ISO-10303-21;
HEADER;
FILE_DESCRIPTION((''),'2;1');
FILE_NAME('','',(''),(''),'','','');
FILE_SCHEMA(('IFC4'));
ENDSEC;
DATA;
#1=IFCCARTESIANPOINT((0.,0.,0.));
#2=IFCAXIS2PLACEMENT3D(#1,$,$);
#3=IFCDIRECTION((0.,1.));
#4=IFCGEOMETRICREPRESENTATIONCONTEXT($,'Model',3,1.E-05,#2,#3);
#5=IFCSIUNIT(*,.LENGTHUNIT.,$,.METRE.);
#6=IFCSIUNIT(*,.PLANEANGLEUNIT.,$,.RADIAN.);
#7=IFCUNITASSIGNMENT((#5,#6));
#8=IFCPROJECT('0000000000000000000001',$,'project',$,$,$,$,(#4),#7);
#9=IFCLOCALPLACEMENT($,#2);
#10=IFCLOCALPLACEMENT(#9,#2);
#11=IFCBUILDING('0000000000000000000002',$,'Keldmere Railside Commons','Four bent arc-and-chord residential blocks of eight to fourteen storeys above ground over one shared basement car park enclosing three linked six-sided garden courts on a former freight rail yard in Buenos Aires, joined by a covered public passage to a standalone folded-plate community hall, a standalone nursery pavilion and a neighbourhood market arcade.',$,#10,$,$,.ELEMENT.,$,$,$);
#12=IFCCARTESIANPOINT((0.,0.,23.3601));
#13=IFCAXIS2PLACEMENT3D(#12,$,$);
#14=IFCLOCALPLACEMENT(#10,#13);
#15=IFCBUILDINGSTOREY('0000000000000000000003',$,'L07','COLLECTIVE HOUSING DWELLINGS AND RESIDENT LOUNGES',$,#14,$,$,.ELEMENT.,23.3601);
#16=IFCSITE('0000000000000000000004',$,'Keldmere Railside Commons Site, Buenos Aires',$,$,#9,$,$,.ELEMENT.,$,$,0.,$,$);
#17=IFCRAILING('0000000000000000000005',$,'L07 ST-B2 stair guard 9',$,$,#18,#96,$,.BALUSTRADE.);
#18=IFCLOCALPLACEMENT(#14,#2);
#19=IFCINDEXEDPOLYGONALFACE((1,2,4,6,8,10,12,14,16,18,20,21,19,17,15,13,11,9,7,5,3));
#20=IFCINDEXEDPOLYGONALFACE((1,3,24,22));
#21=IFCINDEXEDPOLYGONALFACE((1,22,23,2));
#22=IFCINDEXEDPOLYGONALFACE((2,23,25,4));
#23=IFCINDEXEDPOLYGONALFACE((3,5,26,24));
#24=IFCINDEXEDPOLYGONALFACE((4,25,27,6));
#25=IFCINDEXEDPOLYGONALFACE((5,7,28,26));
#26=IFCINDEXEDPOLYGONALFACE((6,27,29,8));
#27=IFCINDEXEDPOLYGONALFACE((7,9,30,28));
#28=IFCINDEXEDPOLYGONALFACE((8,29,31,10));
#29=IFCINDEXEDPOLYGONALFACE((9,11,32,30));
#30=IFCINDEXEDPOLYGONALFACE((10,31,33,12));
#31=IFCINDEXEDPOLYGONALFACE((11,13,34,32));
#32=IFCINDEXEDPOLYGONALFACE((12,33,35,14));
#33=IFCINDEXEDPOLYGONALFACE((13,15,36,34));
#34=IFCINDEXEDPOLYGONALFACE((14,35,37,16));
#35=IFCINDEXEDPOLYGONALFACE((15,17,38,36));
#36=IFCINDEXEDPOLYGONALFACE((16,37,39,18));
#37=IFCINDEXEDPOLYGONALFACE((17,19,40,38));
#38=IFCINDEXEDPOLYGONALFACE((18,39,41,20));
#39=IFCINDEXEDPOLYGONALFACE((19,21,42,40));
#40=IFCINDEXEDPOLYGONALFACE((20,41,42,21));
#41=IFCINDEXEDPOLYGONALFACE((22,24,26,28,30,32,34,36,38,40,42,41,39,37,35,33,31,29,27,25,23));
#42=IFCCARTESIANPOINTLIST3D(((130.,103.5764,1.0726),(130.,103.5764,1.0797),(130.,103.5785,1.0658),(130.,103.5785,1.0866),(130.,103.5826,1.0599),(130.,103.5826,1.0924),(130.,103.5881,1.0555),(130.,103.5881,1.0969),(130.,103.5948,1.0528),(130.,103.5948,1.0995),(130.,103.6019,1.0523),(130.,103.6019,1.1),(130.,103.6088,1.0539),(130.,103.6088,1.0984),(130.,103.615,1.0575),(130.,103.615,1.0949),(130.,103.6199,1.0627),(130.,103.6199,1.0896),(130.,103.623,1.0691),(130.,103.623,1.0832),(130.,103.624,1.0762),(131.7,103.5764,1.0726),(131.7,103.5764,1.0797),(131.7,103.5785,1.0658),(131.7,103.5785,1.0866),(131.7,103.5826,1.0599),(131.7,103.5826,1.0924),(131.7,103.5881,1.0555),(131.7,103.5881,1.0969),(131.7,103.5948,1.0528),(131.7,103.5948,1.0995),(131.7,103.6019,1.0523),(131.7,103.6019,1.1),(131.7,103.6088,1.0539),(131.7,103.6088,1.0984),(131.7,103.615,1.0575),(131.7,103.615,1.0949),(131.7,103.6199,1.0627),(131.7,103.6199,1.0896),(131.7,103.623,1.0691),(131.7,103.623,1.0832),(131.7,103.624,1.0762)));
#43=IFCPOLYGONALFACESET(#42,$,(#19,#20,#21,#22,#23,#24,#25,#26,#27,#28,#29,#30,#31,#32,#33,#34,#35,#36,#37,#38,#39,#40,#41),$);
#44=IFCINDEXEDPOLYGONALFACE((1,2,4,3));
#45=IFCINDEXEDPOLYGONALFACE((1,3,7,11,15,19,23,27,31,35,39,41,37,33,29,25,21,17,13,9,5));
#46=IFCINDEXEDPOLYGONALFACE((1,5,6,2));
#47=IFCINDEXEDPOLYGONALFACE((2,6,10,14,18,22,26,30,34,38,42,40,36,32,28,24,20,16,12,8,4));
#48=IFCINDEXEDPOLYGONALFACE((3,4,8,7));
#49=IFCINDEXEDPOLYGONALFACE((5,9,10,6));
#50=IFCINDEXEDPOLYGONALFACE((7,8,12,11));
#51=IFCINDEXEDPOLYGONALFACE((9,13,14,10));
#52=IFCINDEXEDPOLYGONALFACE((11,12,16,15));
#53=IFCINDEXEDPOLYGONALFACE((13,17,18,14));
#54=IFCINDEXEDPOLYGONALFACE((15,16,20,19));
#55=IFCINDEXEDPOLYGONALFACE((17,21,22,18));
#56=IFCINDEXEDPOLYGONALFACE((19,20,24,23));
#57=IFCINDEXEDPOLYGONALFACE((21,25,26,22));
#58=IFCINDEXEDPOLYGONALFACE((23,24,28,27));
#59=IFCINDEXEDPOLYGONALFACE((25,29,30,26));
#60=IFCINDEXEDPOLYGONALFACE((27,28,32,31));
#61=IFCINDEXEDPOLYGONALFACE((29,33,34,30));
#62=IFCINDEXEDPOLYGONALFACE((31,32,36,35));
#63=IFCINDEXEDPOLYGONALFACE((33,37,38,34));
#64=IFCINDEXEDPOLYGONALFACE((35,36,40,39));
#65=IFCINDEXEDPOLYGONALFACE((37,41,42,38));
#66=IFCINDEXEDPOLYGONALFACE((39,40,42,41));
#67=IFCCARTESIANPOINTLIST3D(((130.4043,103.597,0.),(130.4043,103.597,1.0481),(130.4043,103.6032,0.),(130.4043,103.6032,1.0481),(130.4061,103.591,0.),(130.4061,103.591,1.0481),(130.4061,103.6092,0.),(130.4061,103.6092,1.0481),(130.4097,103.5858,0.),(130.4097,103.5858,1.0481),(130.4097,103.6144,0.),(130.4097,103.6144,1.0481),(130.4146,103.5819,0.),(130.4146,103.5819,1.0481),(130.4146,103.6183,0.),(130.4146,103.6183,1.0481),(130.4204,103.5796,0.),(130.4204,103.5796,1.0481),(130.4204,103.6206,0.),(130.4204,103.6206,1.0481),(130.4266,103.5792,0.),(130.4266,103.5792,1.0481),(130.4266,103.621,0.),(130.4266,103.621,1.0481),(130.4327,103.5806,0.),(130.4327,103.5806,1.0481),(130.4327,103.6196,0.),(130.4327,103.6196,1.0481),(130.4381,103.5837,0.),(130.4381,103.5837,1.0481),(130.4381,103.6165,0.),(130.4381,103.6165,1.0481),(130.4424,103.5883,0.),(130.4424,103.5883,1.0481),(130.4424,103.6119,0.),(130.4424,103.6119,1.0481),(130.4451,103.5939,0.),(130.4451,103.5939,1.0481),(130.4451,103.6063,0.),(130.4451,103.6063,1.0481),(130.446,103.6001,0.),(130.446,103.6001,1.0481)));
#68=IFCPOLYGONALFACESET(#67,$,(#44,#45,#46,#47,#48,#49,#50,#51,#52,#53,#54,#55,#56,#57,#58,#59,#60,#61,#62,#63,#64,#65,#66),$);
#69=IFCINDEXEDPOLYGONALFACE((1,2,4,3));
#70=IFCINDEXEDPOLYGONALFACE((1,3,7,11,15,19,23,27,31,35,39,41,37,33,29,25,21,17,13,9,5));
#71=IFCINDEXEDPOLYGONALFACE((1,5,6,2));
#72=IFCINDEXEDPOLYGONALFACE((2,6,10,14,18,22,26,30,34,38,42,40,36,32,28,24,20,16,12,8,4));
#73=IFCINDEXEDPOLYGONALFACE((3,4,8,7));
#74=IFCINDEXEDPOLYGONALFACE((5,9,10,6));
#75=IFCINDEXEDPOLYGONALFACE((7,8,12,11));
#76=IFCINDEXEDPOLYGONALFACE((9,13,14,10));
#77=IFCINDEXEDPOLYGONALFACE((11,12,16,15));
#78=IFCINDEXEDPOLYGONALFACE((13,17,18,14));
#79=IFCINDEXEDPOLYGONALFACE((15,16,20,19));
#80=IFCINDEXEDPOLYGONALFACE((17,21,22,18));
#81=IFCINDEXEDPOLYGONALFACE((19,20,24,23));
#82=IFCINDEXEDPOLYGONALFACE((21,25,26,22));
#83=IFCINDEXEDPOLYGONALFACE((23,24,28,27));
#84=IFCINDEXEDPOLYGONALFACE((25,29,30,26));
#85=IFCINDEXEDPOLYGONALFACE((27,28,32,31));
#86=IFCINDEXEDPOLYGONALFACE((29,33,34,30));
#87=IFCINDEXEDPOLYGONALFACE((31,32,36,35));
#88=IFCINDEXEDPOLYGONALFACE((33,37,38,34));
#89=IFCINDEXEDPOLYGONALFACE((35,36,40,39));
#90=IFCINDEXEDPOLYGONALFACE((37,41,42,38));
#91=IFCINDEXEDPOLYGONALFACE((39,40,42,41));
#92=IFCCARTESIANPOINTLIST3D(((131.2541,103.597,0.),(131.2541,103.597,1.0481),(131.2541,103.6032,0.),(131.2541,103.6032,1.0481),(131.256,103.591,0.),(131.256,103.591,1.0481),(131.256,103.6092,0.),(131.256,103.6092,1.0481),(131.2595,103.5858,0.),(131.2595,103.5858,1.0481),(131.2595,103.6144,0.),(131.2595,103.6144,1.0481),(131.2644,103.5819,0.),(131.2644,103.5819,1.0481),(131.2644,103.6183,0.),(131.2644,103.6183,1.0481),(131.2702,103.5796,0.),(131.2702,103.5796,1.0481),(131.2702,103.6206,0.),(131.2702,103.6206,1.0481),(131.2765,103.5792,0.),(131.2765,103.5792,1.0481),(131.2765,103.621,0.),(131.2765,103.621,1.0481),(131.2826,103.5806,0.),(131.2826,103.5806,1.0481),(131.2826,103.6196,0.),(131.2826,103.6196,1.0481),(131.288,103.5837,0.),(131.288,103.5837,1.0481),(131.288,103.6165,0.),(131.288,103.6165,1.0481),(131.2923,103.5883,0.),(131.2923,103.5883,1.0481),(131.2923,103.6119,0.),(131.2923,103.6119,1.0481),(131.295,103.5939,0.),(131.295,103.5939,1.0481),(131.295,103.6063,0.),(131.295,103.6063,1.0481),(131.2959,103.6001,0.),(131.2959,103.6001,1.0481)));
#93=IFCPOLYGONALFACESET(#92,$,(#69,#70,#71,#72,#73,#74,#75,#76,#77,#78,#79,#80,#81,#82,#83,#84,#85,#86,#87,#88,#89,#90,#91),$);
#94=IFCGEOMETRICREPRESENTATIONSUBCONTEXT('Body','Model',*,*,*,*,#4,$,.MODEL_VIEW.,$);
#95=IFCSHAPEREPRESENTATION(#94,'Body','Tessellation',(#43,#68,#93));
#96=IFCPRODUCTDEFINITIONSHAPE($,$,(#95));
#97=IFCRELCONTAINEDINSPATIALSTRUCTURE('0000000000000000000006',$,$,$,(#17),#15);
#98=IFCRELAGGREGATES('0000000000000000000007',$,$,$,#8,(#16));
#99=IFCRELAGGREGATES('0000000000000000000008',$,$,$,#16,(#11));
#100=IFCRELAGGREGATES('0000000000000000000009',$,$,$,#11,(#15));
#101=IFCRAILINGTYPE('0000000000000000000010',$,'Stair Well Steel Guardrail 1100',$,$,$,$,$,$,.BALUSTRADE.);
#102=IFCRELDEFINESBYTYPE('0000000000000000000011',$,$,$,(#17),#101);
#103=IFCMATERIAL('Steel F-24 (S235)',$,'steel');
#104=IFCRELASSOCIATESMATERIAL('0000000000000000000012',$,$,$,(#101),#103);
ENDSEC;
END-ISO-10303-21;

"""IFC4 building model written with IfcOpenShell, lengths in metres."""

from ifc_helpers import new_model, si_unit, direction, frame, origin, origin_2d, place, context, subcontext, project, spatial, circle, extrude, material, type_object, element, save


model = new_model("IFC4")

# Units and contexts
model_context = context("Model", 3, precision=1e-05, world=origin(), true_north=direction((0.0, 1.0)))
body_context = subcontext(model_context, "Body", "Model", "MODEL_VIEW")
ifc_project = project(units=[si_unit("LENGTHUNIT", "METRE"), si_unit("PLANEANGLEUNIT", "RADIAN")], contexts=[model_context])

# Site, building, storey
site_placement = place(None, origin())
site = spatial("IfcSite", under=ifc_project, at=site_placement, Name="Keldmere Railside Commons Site, Buenos Aires", CompositionType="ELEMENT", RefElevation=0.0)
building_placement = place(site_placement, origin())
building = spatial("IfcBuilding", under=site, at=building_placement, Name="Keldmere Railside Commons", Description="Four bent arc-and-chord residential blocks of eight to fourteen storeys above ground over one shared basement car park enclosing three linked six-sided garden courts on a former freight rail yard in Buenos Aires, joined by a covered public passage to a standalone folded-plate community hall, a standalone nursery pavilion and a neighbourhood market arcade.", CompositionType="ELEMENT")
storey_placement = place(building_placement, frame((0.0, 0.0, 23.3601)))
storey = spatial("IfcBuildingStorey", under=building, at=storey_placement, Name="L07", Description="COLLECTIVE HOUSING DWELLINGS AND RESIDENT LOUNGES", CompositionType="ELEMENT", Elevation=23.3601)

# Shared definitions
ifc_material_1 = material(Name="Steel F-24 (S235)", Category="steel")

# Railing
railing_type_1 = type_object("IfcRailingType", Name="Stair Well Steel Guardrail 1100", PredefinedType="BALUSTRADE", material=ifc_material_1)
railing_1_placement = place(storey_placement, frame((130.0, 103.6001, 0.0)))
element("IfcRailing", 1, at=railing_1_placement, inside=storey, type_object=railing_type_1, Name="L07 ST-B2 stair guard 9", PredefinedType="BALUSTRADE", context=body_context, shape_type="SweptSolid", body=[
    extrude(circle(Radius=0.0239, at=origin_2d()), frame((0.0, 0.0, 1.0762), z_axis=(1.0, 0.0, 0.0), x_axis=(0.0, 1.0, 0.0)), (0.0, 0.0, 1.0), 1.7),
    extrude(circle(Radius=0.021, at=origin_2d()), frame((0.425, 0.0, 0.0)), (0.0, 0.0, 1.0), 1.0481),
    extrude(circle(Radius=0.021, at=origin_2d()), frame((1.2749, 0.0, 0.0)), (0.0, 0.0, 1.0), 1.0481),
])

save(model, "model.ifc")
